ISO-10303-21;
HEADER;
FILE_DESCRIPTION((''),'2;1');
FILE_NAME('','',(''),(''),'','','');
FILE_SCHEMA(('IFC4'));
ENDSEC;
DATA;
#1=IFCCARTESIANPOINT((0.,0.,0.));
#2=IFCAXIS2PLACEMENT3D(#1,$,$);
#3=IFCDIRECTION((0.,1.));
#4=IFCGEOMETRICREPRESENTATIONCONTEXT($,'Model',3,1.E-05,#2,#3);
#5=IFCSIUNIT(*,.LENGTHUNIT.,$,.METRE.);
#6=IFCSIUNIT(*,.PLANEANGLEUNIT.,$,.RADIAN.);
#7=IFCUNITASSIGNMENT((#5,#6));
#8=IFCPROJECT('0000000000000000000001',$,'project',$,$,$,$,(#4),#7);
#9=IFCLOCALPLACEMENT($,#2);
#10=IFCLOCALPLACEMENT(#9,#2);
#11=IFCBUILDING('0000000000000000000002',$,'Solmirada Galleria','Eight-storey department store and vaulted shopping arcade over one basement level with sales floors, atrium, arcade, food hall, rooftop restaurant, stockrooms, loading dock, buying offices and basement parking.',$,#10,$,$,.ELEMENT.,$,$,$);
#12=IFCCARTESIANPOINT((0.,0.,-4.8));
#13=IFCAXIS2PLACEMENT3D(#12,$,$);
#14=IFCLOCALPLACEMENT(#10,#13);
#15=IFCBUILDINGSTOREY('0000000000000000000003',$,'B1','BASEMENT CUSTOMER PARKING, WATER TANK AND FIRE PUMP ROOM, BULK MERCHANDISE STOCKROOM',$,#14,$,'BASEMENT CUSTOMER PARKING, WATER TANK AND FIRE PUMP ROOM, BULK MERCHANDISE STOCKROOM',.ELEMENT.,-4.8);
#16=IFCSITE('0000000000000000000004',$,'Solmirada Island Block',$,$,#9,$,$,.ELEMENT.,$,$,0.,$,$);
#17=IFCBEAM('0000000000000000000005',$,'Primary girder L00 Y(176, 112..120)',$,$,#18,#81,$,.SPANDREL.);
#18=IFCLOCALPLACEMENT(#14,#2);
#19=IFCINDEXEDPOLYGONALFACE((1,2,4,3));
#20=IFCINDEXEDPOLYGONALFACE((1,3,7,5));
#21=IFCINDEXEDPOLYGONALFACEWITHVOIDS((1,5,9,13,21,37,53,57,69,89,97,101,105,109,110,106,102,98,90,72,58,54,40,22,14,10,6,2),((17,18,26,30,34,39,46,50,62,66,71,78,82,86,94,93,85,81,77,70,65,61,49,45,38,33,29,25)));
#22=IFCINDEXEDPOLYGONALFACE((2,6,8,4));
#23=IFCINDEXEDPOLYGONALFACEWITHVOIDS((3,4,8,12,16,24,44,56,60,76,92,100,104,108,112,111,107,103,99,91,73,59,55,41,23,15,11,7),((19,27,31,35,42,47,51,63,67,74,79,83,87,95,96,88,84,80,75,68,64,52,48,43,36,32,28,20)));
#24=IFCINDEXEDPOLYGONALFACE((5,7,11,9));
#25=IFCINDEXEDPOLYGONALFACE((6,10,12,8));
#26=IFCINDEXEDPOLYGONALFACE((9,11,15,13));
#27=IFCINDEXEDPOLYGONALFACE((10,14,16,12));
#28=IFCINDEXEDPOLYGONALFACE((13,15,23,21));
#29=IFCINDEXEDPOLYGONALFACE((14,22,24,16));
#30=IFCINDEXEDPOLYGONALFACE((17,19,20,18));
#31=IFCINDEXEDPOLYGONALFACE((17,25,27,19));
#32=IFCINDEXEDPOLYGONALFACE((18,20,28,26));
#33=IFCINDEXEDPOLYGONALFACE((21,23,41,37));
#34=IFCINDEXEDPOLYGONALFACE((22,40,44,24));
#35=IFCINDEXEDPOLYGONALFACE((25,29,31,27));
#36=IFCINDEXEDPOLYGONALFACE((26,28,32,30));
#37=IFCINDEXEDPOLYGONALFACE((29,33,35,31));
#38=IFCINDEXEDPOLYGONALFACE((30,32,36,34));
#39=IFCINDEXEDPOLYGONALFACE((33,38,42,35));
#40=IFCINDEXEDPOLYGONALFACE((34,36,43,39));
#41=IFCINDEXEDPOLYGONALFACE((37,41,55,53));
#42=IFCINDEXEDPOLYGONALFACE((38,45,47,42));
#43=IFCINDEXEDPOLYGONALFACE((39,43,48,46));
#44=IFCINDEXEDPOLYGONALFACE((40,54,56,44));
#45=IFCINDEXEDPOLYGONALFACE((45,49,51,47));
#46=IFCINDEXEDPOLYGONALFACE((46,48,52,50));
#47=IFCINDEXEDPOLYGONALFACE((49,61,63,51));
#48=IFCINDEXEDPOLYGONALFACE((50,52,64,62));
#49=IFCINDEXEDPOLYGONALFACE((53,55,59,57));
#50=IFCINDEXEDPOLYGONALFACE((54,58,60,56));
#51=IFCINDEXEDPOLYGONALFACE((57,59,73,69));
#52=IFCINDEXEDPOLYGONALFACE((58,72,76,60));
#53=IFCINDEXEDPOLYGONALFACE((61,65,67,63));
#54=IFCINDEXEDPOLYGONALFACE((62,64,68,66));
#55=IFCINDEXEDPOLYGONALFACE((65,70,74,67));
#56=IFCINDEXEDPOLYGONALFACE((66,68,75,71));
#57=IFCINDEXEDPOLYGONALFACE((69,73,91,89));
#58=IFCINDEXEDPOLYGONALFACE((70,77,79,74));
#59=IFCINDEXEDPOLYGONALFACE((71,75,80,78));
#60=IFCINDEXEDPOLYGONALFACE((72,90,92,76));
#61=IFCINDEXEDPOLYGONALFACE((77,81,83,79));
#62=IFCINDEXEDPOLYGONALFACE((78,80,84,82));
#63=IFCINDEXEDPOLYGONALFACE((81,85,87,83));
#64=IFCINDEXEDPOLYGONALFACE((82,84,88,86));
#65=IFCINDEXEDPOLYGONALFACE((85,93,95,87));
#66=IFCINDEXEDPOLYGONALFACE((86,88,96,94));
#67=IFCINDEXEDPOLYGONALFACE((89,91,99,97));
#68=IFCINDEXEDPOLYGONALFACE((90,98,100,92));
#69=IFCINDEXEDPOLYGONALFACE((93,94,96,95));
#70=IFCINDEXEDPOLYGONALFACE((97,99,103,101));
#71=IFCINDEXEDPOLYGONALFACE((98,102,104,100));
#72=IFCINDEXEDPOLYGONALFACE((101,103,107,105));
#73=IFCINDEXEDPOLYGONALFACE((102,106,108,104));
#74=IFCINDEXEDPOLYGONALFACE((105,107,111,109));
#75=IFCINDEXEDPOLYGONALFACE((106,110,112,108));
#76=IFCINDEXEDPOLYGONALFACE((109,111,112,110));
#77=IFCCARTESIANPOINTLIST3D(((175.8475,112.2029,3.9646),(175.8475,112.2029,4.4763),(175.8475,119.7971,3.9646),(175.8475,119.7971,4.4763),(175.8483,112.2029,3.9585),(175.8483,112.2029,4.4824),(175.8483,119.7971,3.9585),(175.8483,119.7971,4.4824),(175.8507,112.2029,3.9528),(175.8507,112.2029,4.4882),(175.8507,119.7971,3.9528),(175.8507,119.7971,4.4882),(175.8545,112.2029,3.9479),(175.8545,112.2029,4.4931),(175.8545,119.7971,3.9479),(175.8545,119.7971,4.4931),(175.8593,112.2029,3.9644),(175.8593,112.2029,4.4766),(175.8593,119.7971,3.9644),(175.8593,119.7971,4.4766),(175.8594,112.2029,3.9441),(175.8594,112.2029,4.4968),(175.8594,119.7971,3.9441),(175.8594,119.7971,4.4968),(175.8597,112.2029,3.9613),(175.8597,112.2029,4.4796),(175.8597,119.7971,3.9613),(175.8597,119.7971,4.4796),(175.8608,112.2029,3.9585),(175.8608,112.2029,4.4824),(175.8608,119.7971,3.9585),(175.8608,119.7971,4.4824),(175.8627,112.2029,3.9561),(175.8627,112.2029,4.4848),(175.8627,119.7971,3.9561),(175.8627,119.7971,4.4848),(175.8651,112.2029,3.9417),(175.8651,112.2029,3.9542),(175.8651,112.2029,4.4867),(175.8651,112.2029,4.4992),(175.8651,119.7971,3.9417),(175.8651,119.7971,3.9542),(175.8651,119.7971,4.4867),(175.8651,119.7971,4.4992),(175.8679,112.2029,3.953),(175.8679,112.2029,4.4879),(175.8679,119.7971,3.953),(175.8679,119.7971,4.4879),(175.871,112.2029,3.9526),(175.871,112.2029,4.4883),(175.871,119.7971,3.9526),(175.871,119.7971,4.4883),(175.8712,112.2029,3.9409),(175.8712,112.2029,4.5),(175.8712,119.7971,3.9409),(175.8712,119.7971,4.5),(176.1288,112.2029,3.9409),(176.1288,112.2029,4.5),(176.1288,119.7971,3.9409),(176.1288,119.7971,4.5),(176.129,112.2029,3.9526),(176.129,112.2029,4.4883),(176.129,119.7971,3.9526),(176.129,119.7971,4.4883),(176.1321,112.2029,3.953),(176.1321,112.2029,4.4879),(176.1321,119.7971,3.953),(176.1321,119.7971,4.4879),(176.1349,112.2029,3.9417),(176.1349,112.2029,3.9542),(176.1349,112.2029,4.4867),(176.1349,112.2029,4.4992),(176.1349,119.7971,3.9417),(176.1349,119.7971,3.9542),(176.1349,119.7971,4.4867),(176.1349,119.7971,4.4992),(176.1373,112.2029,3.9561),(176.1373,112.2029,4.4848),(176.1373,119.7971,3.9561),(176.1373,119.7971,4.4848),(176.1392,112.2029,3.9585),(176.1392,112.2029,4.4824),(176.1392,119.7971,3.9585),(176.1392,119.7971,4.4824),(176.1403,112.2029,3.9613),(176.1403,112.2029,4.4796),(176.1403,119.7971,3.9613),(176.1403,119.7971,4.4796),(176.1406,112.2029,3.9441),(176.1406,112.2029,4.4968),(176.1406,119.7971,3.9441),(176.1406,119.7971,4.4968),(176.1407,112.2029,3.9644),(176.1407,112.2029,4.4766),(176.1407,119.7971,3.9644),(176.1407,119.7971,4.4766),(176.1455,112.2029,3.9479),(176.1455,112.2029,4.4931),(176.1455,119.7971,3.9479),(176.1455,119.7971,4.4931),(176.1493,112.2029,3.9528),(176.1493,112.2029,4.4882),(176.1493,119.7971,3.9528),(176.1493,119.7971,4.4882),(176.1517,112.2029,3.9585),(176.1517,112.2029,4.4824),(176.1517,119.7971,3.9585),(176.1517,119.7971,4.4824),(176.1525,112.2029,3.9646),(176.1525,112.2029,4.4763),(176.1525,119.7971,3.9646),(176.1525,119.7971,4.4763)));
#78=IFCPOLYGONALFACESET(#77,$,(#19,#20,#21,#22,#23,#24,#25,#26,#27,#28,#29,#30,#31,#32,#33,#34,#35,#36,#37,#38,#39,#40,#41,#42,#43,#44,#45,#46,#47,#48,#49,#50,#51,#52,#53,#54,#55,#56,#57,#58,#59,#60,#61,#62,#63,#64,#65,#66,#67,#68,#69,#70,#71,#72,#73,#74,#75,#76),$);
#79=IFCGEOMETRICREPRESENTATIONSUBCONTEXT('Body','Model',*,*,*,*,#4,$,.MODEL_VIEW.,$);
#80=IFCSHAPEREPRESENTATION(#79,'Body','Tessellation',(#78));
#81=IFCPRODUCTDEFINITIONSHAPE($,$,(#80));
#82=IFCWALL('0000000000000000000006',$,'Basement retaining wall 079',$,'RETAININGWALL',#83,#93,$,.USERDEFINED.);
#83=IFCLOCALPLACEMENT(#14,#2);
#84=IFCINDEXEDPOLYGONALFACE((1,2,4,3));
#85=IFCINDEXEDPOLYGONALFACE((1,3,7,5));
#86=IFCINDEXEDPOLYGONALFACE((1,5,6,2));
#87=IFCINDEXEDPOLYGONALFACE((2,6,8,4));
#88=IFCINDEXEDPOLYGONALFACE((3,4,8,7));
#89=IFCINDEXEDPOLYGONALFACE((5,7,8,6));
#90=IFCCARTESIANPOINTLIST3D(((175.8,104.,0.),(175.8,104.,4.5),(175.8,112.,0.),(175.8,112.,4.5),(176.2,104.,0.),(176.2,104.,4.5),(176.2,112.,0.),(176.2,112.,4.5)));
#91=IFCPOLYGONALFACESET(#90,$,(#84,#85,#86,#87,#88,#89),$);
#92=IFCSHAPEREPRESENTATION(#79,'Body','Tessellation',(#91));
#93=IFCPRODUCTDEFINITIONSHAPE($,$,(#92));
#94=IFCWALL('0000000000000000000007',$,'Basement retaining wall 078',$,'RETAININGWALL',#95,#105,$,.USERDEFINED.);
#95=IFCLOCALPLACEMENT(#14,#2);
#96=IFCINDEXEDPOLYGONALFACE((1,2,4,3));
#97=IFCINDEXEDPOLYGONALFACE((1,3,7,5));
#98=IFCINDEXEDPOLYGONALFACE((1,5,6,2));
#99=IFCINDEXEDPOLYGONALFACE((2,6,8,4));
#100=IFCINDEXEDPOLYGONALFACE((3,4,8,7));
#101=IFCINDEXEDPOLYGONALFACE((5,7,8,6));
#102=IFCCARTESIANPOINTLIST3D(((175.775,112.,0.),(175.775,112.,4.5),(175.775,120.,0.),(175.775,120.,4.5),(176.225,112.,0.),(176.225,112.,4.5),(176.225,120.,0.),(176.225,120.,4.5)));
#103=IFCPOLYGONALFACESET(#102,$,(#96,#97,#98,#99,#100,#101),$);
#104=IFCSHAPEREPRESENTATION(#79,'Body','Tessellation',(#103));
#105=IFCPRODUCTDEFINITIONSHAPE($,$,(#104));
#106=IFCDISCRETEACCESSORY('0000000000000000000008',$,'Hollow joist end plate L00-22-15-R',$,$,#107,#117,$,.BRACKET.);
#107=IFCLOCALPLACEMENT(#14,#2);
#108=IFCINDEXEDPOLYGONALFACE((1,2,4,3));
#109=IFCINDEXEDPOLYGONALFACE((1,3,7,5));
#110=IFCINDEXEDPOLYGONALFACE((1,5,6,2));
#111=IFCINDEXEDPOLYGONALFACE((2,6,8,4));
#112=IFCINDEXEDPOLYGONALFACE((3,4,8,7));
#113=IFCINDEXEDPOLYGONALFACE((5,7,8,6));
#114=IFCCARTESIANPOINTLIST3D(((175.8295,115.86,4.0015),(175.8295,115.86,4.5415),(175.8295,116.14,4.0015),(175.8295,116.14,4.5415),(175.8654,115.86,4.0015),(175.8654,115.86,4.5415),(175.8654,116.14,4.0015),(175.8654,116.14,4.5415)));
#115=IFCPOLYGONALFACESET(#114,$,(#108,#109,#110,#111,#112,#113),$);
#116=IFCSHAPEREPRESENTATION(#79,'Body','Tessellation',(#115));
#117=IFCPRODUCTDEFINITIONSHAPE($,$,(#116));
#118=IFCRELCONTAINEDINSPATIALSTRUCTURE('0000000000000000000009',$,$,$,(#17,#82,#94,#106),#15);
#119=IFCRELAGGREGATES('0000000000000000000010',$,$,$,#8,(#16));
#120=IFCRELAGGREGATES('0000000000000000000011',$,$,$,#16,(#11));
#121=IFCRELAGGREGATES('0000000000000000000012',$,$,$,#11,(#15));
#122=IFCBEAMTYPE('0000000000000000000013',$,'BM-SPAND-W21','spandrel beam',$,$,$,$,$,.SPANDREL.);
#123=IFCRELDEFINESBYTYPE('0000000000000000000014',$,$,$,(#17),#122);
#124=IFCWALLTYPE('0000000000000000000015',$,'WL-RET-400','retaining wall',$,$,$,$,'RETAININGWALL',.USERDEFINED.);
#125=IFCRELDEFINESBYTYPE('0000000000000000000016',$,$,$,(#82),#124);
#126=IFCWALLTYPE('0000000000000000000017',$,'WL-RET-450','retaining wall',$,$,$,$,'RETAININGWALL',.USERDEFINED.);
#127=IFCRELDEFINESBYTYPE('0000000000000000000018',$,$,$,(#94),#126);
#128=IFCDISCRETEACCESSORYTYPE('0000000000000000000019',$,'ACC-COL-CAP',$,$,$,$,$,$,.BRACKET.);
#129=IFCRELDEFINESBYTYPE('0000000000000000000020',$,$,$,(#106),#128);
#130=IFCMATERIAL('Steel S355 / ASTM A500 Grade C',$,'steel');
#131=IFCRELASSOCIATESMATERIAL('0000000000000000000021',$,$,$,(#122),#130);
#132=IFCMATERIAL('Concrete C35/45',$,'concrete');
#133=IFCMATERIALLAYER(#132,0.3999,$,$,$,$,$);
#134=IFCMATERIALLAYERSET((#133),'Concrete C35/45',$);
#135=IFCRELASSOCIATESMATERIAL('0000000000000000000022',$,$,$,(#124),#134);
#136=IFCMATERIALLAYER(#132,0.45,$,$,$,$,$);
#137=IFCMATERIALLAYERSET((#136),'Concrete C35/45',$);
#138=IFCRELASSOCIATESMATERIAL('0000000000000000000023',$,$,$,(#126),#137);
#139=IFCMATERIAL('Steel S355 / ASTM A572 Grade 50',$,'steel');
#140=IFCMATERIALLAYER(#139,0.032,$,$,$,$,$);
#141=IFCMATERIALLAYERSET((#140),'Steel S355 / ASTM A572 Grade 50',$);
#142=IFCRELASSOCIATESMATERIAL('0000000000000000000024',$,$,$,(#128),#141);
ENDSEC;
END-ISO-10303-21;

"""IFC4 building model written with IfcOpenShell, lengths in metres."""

from ifc_helpers import new_model, si_unit, direction, frame, frame_2d, origin, origin_2d, place, context, subcontext, project, spatial, rectangle, hollow_rectangle, extrude, material, layer, layer_set, material_profile, profile_set, type_object, element, save


model = new_model("IFC4")

# Units and contexts
model_context = context("Model", 3, precision=1e-05, world=origin(), true_north=direction((0.0, 1.0)))
body_context = subcontext(model_context, "Body", "Model", "MODEL_VIEW")
ifc_project = project(units=[si_unit("LENGTHUNIT", "METRE"), si_unit("PLANEANGLEUNIT", "RADIAN")], contexts=[model_context])

# Site, building, storey
site_placement = place(None, origin())
site = spatial("IfcSite", under=ifc_project, at=site_placement, Name="Solmirada Island Block", CompositionType="ELEMENT", RefElevation=0.0)
building_placement = place(site_placement, origin())
building = spatial("IfcBuilding", under=site, at=building_placement, Name="Solmirada Galleria", Description="Eight-storey department store and vaulted shopping arcade over one basement level with sales floors, atrium, arcade, food hall, rooftop restaurant, stockrooms, loading dock, buying offices and basement parking.", CompositionType="ELEMENT")
storey_placement = place(building_placement, frame((0.0, 0.0, -4.8)))
storey = spatial("IfcBuildingStorey", under=building, at=storey_placement, Name="B1", Description="BASEMENT CUSTOMER PARKING, WATER TANK AND FIRE PUMP ROOM, BULK MERCHANDISE STOCKROOM", LongName="BASEMENT CUSTOMER PARKING, WATER TANK AND FIRE PUMP ROOM, BULK MERCHANDISE STOCKROOM", CompositionType="ELEMENT", Elevation=-4.8)

# Shared definitions
ifc_material_1 = material(Name="Concrete C35/45", Category="concrete")

# Shared definitions
ifc_material_2 = material(Name="Steel S355 / ASTM A500 Grade C", Category="steel")

# Beam
ifc_material_profile_1 = material_profile(ifc_material_2, hollow_rectangle(XDim=0.3049, YDim=0.5591, WallThickness=0.0117, InnerFilletRadius=0.0117, OuterFilletRadius=0.0237, at=origin_2d()), Name="HSS22X12X1/2")
ifc_profile_set_1 = profile_set([ifc_material_profile_1], Name="Steel S355 / ASTM A500 Grade C")
beam_type = type_object("IfcBeamType", Name="BM-SPAND-W21", Description="spandrel beam", PredefinedType="SPANDREL", material=ifc_profile_set_1)
beam_placement = place(storey_placement, frame((176.0, 112.2029, 4.2205), z_axis=(0.0, 1.0, 0.0), x_axis=(-1.0, 0.0, 0.0)))
element("IfcBeam", 1, at=beam_placement, inside=storey, type_object=beam_type, Name="Primary girder L00 Y(176, 112..120)", PredefinedType="SPANDREL", context=body_context, shape_type="SweptSolid", body=[
    extrude(hollow_rectangle(XDim=0.3049, YDim=0.5591, WallThickness=0.0117, InnerFilletRadius=0.0117, OuterFilletRadius=0.0237, at=origin_2d()), origin(), (0.0, 0.0, 1.0), 7.5942),
])

# Walls
ifc_layer_1 = layer(ifc_material_1, 0.3999)
ifc_layer_set_1 = layer_set([ifc_layer_1], Name="Concrete C35/45")
wall_type_1 = type_object("IfcWallType", Name="WL-RET-400", Description="retaining wall", ElementType="RETAININGWALL", PredefinedType="USERDEFINED", material=ifc_layer_set_1)
wall_1_placement = place(storey_placement, frame((176.0, 112.0, 0.0), z_axis=(0.0, 0.0, 1.0), x_axis=(0.0, -1.0, 0.0)))
element("IfcWall", 2, at=wall_1_placement, inside=storey, type_object=wall_type_1, Name="Basement retaining wall 079", ObjectType="RETAININGWALL", PredefinedType="USERDEFINED", context=body_context, shape_type="SweptSolid", body=[
    extrude(rectangle(XDim=8.0, YDim=0.3999, at=frame_2d((4.0, 0.0))), origin(), (0.0, 0.0, 1.0), 4.5),
])
ifc_layer_2 = layer(ifc_material_1, 0.45)
ifc_layer_set_2 = layer_set([ifc_layer_2], Name="Concrete C35/45")
wall_type_2 = type_object("IfcWallType", Name="WL-RET-450", Description="retaining wall", ElementType="RETAININGWALL", PredefinedType="USERDEFINED", material=ifc_layer_set_2)
wall_2_placement = place(storey_placement, frame((176.0, 120.0, 0.0), z_axis=(0.0, 0.0, 1.0), x_axis=(0.0, -1.0, 0.0)))
element("IfcWall", 3, at=wall_2_placement, inside=storey, type_object=wall_type_2, Name="Basement retaining wall 078", ObjectType="RETAININGWALL", PredefinedType="USERDEFINED", context=body_context, shape_type="SweptSolid", body=[
    extrude(rectangle(XDim=8.0, YDim=0.45, at=frame_2d((4.0, 0.0))), origin(), (0.0, 0.0, 1.0), 4.5),
])

# Discrete accessory
ifc_material_3 = material(Name="Steel S355 / ASTM A572 Grade 50", Category="steel")
ifc_layer_3 = layer(ifc_material_3, 0.032)
ifc_layer_set_3 = layer_set([ifc_layer_3], Name="Steel S355 / ASTM A572 Grade 50")
discrete_accessory_type = type_object("IfcDiscreteAccessoryType", Name="ACC-COL-CAP", PredefinedType="BRACKET", material=ifc_layer_set_3)
discrete_accessory_placement = place(storey_placement, frame((175.8474, 116.0, 4.0015), z_axis=(0.0, 0.0, 1.0), x_axis=(1.0, 0.0, 0.0)))
element("IfcDiscreteAccessory", 4, at=discrete_accessory_placement, inside=storey, type_object=discrete_accessory_type, Name="Hollow joist end plate L00-22-15-R", PredefinedType="BRACKET", context=body_context, shape_type="SweptSolid", body=[
    extrude(rectangle(XDim=0.0359, YDim=0.28, at=origin_2d()), origin(), (0.0, 0.0, 1.0), 0.54),
])

save(model, "model.ifc")
